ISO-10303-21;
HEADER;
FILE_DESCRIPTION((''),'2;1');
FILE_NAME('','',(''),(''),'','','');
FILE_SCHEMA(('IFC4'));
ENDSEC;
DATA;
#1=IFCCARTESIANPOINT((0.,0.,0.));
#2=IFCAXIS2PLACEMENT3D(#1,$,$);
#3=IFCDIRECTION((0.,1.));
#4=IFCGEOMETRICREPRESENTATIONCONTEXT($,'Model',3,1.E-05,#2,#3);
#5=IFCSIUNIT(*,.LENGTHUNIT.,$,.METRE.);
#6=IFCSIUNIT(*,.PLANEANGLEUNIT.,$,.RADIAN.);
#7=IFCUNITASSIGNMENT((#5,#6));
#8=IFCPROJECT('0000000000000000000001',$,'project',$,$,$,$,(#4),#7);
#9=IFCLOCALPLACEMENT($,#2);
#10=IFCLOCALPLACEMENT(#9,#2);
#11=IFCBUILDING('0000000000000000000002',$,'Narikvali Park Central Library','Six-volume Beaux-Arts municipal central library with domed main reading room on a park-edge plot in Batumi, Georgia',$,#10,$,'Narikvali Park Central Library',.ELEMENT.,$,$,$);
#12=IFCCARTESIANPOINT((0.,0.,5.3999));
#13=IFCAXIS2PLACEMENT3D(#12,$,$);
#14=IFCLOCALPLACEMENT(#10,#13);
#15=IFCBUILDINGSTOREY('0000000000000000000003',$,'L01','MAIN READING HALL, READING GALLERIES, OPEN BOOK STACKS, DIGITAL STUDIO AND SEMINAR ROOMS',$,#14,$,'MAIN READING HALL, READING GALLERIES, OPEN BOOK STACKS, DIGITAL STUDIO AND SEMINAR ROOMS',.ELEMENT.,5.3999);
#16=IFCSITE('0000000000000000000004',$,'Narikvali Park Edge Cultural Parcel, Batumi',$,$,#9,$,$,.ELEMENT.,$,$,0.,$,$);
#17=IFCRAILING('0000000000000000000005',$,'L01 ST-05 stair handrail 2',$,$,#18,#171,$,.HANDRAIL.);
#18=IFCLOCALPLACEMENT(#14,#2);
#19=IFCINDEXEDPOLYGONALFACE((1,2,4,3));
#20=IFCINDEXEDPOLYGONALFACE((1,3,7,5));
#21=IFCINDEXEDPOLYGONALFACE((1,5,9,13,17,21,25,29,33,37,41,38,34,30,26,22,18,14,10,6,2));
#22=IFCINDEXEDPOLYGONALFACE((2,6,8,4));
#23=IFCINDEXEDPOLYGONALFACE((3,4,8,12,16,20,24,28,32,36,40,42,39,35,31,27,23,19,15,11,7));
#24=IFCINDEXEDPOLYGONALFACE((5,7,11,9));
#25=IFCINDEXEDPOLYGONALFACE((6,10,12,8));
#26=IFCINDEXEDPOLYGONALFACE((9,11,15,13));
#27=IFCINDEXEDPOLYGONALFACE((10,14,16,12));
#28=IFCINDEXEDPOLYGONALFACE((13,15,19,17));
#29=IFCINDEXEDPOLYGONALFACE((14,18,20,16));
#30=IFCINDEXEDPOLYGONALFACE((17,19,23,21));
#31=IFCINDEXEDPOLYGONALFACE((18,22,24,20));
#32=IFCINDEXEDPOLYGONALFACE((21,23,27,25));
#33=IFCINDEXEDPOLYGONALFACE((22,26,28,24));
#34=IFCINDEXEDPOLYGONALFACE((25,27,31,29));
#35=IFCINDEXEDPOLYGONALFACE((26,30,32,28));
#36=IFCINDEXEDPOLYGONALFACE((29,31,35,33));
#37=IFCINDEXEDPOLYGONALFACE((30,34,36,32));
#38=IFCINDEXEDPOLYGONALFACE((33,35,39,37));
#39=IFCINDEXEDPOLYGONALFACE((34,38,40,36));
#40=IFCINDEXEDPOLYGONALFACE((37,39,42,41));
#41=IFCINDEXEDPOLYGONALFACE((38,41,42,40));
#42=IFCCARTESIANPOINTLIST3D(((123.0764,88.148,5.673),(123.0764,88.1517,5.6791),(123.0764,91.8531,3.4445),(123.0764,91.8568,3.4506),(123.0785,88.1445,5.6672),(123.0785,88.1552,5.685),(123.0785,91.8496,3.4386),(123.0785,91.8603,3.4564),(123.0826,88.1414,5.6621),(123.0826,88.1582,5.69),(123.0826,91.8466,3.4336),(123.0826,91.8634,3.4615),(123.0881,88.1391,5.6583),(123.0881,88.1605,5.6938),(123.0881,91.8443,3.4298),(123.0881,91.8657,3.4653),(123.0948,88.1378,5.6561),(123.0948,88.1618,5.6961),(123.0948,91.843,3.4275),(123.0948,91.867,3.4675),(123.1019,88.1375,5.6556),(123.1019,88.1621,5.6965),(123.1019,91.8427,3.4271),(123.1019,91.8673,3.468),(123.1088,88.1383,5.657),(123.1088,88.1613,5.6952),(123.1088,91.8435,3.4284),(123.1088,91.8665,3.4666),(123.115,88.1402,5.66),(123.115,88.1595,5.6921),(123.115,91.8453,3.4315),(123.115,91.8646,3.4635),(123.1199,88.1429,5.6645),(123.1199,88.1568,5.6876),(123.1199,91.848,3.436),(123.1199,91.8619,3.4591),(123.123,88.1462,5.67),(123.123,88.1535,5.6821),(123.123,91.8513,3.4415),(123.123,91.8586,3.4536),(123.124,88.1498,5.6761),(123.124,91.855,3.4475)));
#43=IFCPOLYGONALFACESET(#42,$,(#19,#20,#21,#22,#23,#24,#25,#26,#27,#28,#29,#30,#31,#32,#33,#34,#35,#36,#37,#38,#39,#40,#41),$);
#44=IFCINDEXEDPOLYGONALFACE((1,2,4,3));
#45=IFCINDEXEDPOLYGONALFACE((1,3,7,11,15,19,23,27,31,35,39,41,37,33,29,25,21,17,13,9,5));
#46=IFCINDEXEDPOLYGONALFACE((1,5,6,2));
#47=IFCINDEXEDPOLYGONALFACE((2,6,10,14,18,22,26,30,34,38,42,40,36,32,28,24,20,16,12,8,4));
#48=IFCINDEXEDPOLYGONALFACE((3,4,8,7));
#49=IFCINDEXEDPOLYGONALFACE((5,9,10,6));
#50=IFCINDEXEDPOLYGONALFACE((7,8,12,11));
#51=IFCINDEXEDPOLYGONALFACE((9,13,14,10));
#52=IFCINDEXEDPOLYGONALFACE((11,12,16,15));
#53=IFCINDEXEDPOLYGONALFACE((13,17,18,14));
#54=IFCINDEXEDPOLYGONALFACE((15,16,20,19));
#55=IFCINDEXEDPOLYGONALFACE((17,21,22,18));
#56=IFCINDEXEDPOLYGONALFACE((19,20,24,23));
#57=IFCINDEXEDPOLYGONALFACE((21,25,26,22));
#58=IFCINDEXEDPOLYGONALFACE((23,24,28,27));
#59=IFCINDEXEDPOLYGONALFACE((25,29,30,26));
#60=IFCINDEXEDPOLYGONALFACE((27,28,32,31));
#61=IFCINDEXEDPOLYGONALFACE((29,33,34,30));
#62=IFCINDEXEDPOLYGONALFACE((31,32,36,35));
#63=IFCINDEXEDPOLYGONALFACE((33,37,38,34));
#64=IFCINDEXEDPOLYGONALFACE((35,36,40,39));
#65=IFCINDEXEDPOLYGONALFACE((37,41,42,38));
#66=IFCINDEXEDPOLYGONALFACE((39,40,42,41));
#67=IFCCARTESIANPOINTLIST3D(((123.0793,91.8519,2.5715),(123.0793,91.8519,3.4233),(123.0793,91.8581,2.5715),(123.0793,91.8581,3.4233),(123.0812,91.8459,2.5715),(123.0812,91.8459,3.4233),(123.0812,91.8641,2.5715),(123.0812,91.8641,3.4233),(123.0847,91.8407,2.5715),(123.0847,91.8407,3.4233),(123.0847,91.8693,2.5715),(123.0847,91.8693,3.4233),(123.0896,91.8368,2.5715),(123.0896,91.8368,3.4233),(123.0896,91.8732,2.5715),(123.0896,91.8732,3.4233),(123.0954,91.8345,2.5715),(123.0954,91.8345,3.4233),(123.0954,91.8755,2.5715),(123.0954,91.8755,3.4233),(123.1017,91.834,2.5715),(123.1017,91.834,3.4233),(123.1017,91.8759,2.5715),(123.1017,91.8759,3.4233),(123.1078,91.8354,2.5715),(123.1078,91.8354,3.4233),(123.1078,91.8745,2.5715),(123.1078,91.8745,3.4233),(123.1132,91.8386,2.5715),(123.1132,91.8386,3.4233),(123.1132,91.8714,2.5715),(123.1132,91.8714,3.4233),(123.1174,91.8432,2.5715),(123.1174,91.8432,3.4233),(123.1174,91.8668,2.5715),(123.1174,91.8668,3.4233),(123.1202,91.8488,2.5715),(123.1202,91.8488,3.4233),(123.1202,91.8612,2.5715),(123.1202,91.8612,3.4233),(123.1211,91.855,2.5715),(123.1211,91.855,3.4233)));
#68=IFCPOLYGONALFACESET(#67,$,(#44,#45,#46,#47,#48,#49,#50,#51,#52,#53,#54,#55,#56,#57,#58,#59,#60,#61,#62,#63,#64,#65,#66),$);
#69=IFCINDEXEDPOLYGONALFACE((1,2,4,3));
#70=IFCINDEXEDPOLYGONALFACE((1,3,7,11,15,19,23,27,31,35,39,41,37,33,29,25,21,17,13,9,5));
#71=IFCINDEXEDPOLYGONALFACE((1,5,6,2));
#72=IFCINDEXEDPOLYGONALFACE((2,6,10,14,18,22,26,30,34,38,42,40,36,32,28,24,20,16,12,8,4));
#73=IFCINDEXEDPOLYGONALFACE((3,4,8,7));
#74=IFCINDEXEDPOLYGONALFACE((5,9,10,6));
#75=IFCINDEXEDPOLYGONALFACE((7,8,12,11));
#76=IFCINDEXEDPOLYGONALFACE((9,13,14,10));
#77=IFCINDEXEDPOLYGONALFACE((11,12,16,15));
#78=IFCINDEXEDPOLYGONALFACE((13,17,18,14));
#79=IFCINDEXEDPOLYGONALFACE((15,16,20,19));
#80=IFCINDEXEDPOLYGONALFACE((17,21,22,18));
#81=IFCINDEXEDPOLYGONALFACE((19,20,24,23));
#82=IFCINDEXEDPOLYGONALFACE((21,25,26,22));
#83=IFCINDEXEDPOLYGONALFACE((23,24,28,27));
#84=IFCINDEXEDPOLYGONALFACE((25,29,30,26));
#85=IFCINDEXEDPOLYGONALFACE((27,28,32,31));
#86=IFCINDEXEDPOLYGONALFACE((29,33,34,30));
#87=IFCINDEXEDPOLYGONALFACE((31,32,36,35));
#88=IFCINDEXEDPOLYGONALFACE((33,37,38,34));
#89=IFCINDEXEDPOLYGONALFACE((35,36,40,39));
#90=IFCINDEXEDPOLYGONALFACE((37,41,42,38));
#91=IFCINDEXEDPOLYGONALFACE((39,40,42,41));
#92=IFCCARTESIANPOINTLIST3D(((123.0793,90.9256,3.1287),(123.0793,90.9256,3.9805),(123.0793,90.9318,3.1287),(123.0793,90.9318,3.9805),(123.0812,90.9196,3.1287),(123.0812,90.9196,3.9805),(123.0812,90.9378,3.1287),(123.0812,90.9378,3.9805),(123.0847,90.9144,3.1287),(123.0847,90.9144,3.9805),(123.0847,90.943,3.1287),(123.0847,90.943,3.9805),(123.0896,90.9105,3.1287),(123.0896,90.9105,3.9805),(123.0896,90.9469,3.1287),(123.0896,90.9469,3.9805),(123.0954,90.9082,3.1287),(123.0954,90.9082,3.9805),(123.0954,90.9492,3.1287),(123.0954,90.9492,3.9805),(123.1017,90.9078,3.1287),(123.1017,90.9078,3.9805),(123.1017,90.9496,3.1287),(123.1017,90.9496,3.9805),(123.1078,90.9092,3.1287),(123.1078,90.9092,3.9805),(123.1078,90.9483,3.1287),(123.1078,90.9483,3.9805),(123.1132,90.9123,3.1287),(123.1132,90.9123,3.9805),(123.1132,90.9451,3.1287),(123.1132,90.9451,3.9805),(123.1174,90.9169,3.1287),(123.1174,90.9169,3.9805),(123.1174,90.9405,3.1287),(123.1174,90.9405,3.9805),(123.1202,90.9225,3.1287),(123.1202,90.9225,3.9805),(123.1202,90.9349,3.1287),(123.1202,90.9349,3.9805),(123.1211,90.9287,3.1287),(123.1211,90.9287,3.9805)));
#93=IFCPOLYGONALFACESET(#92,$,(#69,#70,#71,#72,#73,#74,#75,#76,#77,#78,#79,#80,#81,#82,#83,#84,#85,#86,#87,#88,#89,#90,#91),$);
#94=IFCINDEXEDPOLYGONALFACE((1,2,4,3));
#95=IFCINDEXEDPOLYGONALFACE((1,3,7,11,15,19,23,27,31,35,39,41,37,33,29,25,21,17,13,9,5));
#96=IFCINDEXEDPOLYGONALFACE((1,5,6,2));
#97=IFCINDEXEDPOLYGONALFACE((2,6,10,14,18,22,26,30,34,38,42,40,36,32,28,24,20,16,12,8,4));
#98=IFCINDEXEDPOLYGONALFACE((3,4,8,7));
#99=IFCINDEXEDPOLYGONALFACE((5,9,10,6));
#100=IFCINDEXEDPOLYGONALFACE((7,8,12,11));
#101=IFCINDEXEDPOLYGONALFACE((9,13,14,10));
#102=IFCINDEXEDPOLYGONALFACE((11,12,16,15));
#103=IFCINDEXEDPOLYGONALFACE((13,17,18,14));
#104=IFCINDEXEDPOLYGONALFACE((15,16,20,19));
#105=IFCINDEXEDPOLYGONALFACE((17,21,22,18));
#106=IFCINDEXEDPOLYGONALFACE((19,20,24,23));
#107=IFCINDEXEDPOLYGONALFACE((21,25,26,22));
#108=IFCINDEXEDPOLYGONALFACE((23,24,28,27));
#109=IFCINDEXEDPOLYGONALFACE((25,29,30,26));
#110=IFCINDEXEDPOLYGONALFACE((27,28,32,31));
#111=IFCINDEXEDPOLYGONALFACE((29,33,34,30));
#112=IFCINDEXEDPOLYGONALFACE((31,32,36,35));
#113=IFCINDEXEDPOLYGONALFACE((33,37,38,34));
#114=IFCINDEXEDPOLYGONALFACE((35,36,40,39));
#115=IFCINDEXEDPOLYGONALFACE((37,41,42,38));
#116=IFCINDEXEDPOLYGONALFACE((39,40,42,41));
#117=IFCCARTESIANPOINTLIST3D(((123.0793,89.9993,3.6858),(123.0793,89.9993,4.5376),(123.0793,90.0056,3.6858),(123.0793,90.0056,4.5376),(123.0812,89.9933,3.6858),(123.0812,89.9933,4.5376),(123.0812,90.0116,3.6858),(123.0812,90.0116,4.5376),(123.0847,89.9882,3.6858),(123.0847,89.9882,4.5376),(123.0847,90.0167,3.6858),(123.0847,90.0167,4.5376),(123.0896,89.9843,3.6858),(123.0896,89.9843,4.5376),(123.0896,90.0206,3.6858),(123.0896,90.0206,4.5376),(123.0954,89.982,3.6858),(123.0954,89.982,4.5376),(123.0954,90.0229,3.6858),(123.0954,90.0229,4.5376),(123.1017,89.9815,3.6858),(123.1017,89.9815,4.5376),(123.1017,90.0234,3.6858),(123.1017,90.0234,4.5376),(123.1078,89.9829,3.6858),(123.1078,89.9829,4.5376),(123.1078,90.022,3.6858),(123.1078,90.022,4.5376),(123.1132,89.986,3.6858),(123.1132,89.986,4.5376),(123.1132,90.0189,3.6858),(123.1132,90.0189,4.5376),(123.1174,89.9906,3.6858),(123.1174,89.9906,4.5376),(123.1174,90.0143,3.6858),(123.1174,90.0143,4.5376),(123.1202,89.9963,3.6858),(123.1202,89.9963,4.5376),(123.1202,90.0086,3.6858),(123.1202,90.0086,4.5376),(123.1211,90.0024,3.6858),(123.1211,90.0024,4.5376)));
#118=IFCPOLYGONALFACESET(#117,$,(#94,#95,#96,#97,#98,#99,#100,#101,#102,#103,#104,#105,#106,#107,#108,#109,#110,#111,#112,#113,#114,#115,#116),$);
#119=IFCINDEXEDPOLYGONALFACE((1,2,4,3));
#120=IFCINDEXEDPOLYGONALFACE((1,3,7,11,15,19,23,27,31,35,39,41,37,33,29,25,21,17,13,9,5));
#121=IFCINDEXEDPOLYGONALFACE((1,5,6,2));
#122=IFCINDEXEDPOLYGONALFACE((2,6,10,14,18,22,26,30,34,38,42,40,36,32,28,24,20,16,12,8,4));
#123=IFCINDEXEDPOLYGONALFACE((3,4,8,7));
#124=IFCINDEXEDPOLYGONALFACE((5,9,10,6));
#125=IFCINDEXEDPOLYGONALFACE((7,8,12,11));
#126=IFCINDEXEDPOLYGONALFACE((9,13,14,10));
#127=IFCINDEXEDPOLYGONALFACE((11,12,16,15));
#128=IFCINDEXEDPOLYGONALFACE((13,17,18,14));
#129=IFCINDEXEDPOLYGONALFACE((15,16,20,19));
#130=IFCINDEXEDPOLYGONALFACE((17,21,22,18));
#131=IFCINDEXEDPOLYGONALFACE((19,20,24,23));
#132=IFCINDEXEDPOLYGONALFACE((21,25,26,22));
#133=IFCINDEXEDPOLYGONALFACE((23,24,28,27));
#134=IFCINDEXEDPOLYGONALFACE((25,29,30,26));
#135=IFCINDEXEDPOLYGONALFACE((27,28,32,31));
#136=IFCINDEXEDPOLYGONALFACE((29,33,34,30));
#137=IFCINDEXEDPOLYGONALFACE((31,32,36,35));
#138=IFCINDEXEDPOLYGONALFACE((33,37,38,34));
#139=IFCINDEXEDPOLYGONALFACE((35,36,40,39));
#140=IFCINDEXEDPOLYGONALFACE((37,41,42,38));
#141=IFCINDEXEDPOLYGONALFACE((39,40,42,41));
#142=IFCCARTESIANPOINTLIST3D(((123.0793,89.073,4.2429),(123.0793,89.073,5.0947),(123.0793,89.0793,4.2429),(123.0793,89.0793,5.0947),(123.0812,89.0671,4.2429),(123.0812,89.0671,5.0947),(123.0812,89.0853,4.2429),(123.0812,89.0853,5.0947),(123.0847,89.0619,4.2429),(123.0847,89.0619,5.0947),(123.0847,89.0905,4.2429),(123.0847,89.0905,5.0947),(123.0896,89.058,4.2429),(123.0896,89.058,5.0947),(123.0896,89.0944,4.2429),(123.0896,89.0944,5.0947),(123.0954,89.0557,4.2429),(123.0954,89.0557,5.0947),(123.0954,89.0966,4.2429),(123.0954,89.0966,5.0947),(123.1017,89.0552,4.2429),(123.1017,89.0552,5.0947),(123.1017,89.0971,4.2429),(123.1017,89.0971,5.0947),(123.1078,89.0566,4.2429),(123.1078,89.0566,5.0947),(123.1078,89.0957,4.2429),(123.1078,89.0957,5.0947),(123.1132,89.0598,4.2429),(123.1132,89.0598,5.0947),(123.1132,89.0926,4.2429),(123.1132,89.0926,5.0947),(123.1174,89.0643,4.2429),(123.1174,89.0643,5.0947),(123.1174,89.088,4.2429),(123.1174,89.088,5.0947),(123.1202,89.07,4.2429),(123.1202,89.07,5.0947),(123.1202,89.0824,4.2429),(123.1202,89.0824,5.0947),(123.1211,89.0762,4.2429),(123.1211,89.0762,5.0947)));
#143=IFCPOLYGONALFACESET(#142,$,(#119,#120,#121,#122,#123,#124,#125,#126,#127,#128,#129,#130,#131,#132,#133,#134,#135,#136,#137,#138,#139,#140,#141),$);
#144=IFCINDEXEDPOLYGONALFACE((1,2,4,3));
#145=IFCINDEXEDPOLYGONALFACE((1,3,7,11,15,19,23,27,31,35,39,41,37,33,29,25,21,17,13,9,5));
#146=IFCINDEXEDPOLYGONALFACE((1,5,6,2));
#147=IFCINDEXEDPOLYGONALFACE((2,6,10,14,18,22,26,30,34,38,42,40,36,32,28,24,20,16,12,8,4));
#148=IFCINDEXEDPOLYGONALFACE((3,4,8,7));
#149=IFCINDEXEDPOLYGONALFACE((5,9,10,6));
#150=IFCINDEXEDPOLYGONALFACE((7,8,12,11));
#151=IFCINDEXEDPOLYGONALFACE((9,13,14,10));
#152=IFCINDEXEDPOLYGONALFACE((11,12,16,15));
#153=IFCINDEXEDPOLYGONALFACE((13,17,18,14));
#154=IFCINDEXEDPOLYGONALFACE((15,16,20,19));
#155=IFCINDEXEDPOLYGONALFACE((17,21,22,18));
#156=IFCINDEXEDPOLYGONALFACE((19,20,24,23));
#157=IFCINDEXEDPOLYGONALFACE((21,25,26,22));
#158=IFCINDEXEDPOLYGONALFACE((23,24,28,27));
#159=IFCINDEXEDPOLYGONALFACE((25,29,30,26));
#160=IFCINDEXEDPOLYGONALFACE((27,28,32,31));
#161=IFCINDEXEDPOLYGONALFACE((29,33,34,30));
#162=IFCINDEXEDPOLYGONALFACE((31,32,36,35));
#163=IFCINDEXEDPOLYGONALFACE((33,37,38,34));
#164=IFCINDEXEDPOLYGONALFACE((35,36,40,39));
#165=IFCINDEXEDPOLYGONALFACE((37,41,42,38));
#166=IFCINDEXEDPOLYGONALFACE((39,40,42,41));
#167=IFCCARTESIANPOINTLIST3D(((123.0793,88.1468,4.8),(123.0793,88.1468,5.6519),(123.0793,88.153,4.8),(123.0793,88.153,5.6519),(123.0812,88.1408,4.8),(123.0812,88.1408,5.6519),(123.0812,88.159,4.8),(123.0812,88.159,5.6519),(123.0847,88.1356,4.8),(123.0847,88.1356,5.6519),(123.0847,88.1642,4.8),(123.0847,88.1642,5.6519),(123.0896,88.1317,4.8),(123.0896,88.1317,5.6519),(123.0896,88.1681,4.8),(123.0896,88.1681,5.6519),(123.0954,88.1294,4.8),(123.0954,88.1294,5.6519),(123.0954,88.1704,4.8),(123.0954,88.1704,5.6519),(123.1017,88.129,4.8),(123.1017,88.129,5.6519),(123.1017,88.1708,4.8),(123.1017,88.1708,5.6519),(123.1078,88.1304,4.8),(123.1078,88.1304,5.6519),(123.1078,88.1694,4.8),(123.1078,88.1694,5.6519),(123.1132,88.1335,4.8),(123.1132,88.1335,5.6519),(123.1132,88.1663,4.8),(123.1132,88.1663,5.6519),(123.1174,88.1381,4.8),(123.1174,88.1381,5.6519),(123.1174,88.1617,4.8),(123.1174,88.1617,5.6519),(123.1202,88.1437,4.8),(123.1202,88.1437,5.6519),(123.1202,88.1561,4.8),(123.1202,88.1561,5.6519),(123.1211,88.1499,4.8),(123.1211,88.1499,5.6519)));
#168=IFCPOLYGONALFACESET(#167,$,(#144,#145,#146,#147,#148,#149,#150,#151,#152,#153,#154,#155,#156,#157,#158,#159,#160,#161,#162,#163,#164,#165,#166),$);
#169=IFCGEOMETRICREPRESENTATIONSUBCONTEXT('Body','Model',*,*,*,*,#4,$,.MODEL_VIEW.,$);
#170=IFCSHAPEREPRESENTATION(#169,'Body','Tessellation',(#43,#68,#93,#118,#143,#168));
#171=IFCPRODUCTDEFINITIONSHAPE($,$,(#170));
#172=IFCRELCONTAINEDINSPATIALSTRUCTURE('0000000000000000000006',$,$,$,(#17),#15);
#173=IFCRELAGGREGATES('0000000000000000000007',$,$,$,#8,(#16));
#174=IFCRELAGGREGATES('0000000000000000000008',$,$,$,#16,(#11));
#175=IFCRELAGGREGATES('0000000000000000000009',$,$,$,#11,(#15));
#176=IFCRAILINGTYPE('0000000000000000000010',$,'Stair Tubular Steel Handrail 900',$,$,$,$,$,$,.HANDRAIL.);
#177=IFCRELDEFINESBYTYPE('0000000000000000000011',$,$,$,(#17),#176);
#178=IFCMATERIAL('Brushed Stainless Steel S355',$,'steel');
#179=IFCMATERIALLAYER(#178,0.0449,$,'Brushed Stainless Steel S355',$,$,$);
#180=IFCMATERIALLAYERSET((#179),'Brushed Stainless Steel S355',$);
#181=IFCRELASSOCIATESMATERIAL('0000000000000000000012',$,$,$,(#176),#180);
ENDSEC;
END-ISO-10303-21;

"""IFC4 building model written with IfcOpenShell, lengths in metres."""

from ifc_helpers import new_model, si_unit, direction, frame, origin, origin_2d, place, context, subcontext, project, spatial, circle, extrude, material, layer, layer_set, type_object, element, save


model = new_model("IFC4")

# Units and contexts
model_context = context("Model", 3, precision=1e-05, world=origin(), true_north=direction((0.0, 1.0)))
body_context = subcontext(model_context, "Body", "Model", "MODEL_VIEW")
ifc_project = project(units=[si_unit("LENGTHUNIT", "METRE"), si_unit("PLANEANGLEUNIT", "RADIAN")], contexts=[model_context])

# Site, building, storey
site_placement = place(None, origin())
site = spatial("IfcSite", under=ifc_project, at=site_placement, Name="Narikvali Park Edge Cultural Parcel, Batumi", CompositionType="ELEMENT", RefElevation=0.0)
building_placement = place(site_placement, origin())
building = spatial("IfcBuilding", under=site, at=building_placement, Name="Narikvali Park Central Library", Description="Six-volume Beaux-Arts municipal central library with domed main reading room on a park-edge plot in Batumi, Georgia", LongName="Narikvali Park Central Library", CompositionType="ELEMENT")
storey_placement = place(building_placement, frame((0.0, 0.0, 5.3999)))
storey = spatial("IfcBuildingStorey", under=building, at=storey_placement, Name="L01", Description="MAIN READING HALL, READING GALLERIES, OPEN BOOK STACKS, DIGITAL STUDIO AND SEMINAR ROOMS", LongName="MAIN READING HALL, READING GALLERIES, OPEN BOOK STACKS, DIGITAL STUDIO AND SEMINAR ROOMS", CompositionType="ELEMENT", Elevation=5.3999)

# Shared definitions
ifc_material_1 = material(Name="Brushed Stainless Steel S355", Category="steel")

# Railing
ifc_layer_1 = layer(ifc_material_1, 0.0449, Name="Brushed Stainless Steel S355")
ifc_layer_set_1 = layer_set([ifc_layer_1], Name="Brushed Stainless Steel S355")
railing_type_1 = type_object("IfcRailingType", Name="Stair Tubular Steel Handrail 900", PredefinedType="HANDRAIL", material=ifc_layer_set_1)
railing_1_placement = place(storey_placement, frame((123.1001, 91.855, 2.5715)))
element("IfcRailing", 1, at=railing_1_placement, inside=storey, type_object=railing_type_1, Name="L01 ST-05 stair handrail 2", PredefinedType="HANDRAIL", context=body_context, shape_type="SweptSolid", body=[
    extrude(circle(Radius=0.0239, at=origin_2d()), frame((0.0, 0.0, 0.876), z_axis=(0.0, -0.856934, 0.515425), x_axis=(1.0, 0.0, 0.0)), (0.0, 0.0, 1.0), 4.3237),
    extrude(circle(Radius=0.021, at=origin_2d()), origin(), (0.0, 0.0, 1.0), 0.8518),
    extrude(circle(Radius=0.021, at=origin_2d()), frame((0.0, -0.9263, 0.5571)), (0.0, 0.0, 1.0), 0.8518),
    extrude(circle(Radius=0.021, at=origin_2d()), frame((0.0, -1.8525, 1.1143)), (0.0, 0.0, 1.0), 0.8518),
    extrude(circle(Radius=0.021, at=origin_2d()), frame((0.0, -2.7788, 1.6714)), (0.0, 0.0, 1.0), 0.8518),
    extrude(circle(Radius=0.021, at=origin_2d()), frame((0.0, -3.7051, 2.2285)), (0.0, 0.0, 1.0), 0.8518),
])

save(model, "model.ifc")
